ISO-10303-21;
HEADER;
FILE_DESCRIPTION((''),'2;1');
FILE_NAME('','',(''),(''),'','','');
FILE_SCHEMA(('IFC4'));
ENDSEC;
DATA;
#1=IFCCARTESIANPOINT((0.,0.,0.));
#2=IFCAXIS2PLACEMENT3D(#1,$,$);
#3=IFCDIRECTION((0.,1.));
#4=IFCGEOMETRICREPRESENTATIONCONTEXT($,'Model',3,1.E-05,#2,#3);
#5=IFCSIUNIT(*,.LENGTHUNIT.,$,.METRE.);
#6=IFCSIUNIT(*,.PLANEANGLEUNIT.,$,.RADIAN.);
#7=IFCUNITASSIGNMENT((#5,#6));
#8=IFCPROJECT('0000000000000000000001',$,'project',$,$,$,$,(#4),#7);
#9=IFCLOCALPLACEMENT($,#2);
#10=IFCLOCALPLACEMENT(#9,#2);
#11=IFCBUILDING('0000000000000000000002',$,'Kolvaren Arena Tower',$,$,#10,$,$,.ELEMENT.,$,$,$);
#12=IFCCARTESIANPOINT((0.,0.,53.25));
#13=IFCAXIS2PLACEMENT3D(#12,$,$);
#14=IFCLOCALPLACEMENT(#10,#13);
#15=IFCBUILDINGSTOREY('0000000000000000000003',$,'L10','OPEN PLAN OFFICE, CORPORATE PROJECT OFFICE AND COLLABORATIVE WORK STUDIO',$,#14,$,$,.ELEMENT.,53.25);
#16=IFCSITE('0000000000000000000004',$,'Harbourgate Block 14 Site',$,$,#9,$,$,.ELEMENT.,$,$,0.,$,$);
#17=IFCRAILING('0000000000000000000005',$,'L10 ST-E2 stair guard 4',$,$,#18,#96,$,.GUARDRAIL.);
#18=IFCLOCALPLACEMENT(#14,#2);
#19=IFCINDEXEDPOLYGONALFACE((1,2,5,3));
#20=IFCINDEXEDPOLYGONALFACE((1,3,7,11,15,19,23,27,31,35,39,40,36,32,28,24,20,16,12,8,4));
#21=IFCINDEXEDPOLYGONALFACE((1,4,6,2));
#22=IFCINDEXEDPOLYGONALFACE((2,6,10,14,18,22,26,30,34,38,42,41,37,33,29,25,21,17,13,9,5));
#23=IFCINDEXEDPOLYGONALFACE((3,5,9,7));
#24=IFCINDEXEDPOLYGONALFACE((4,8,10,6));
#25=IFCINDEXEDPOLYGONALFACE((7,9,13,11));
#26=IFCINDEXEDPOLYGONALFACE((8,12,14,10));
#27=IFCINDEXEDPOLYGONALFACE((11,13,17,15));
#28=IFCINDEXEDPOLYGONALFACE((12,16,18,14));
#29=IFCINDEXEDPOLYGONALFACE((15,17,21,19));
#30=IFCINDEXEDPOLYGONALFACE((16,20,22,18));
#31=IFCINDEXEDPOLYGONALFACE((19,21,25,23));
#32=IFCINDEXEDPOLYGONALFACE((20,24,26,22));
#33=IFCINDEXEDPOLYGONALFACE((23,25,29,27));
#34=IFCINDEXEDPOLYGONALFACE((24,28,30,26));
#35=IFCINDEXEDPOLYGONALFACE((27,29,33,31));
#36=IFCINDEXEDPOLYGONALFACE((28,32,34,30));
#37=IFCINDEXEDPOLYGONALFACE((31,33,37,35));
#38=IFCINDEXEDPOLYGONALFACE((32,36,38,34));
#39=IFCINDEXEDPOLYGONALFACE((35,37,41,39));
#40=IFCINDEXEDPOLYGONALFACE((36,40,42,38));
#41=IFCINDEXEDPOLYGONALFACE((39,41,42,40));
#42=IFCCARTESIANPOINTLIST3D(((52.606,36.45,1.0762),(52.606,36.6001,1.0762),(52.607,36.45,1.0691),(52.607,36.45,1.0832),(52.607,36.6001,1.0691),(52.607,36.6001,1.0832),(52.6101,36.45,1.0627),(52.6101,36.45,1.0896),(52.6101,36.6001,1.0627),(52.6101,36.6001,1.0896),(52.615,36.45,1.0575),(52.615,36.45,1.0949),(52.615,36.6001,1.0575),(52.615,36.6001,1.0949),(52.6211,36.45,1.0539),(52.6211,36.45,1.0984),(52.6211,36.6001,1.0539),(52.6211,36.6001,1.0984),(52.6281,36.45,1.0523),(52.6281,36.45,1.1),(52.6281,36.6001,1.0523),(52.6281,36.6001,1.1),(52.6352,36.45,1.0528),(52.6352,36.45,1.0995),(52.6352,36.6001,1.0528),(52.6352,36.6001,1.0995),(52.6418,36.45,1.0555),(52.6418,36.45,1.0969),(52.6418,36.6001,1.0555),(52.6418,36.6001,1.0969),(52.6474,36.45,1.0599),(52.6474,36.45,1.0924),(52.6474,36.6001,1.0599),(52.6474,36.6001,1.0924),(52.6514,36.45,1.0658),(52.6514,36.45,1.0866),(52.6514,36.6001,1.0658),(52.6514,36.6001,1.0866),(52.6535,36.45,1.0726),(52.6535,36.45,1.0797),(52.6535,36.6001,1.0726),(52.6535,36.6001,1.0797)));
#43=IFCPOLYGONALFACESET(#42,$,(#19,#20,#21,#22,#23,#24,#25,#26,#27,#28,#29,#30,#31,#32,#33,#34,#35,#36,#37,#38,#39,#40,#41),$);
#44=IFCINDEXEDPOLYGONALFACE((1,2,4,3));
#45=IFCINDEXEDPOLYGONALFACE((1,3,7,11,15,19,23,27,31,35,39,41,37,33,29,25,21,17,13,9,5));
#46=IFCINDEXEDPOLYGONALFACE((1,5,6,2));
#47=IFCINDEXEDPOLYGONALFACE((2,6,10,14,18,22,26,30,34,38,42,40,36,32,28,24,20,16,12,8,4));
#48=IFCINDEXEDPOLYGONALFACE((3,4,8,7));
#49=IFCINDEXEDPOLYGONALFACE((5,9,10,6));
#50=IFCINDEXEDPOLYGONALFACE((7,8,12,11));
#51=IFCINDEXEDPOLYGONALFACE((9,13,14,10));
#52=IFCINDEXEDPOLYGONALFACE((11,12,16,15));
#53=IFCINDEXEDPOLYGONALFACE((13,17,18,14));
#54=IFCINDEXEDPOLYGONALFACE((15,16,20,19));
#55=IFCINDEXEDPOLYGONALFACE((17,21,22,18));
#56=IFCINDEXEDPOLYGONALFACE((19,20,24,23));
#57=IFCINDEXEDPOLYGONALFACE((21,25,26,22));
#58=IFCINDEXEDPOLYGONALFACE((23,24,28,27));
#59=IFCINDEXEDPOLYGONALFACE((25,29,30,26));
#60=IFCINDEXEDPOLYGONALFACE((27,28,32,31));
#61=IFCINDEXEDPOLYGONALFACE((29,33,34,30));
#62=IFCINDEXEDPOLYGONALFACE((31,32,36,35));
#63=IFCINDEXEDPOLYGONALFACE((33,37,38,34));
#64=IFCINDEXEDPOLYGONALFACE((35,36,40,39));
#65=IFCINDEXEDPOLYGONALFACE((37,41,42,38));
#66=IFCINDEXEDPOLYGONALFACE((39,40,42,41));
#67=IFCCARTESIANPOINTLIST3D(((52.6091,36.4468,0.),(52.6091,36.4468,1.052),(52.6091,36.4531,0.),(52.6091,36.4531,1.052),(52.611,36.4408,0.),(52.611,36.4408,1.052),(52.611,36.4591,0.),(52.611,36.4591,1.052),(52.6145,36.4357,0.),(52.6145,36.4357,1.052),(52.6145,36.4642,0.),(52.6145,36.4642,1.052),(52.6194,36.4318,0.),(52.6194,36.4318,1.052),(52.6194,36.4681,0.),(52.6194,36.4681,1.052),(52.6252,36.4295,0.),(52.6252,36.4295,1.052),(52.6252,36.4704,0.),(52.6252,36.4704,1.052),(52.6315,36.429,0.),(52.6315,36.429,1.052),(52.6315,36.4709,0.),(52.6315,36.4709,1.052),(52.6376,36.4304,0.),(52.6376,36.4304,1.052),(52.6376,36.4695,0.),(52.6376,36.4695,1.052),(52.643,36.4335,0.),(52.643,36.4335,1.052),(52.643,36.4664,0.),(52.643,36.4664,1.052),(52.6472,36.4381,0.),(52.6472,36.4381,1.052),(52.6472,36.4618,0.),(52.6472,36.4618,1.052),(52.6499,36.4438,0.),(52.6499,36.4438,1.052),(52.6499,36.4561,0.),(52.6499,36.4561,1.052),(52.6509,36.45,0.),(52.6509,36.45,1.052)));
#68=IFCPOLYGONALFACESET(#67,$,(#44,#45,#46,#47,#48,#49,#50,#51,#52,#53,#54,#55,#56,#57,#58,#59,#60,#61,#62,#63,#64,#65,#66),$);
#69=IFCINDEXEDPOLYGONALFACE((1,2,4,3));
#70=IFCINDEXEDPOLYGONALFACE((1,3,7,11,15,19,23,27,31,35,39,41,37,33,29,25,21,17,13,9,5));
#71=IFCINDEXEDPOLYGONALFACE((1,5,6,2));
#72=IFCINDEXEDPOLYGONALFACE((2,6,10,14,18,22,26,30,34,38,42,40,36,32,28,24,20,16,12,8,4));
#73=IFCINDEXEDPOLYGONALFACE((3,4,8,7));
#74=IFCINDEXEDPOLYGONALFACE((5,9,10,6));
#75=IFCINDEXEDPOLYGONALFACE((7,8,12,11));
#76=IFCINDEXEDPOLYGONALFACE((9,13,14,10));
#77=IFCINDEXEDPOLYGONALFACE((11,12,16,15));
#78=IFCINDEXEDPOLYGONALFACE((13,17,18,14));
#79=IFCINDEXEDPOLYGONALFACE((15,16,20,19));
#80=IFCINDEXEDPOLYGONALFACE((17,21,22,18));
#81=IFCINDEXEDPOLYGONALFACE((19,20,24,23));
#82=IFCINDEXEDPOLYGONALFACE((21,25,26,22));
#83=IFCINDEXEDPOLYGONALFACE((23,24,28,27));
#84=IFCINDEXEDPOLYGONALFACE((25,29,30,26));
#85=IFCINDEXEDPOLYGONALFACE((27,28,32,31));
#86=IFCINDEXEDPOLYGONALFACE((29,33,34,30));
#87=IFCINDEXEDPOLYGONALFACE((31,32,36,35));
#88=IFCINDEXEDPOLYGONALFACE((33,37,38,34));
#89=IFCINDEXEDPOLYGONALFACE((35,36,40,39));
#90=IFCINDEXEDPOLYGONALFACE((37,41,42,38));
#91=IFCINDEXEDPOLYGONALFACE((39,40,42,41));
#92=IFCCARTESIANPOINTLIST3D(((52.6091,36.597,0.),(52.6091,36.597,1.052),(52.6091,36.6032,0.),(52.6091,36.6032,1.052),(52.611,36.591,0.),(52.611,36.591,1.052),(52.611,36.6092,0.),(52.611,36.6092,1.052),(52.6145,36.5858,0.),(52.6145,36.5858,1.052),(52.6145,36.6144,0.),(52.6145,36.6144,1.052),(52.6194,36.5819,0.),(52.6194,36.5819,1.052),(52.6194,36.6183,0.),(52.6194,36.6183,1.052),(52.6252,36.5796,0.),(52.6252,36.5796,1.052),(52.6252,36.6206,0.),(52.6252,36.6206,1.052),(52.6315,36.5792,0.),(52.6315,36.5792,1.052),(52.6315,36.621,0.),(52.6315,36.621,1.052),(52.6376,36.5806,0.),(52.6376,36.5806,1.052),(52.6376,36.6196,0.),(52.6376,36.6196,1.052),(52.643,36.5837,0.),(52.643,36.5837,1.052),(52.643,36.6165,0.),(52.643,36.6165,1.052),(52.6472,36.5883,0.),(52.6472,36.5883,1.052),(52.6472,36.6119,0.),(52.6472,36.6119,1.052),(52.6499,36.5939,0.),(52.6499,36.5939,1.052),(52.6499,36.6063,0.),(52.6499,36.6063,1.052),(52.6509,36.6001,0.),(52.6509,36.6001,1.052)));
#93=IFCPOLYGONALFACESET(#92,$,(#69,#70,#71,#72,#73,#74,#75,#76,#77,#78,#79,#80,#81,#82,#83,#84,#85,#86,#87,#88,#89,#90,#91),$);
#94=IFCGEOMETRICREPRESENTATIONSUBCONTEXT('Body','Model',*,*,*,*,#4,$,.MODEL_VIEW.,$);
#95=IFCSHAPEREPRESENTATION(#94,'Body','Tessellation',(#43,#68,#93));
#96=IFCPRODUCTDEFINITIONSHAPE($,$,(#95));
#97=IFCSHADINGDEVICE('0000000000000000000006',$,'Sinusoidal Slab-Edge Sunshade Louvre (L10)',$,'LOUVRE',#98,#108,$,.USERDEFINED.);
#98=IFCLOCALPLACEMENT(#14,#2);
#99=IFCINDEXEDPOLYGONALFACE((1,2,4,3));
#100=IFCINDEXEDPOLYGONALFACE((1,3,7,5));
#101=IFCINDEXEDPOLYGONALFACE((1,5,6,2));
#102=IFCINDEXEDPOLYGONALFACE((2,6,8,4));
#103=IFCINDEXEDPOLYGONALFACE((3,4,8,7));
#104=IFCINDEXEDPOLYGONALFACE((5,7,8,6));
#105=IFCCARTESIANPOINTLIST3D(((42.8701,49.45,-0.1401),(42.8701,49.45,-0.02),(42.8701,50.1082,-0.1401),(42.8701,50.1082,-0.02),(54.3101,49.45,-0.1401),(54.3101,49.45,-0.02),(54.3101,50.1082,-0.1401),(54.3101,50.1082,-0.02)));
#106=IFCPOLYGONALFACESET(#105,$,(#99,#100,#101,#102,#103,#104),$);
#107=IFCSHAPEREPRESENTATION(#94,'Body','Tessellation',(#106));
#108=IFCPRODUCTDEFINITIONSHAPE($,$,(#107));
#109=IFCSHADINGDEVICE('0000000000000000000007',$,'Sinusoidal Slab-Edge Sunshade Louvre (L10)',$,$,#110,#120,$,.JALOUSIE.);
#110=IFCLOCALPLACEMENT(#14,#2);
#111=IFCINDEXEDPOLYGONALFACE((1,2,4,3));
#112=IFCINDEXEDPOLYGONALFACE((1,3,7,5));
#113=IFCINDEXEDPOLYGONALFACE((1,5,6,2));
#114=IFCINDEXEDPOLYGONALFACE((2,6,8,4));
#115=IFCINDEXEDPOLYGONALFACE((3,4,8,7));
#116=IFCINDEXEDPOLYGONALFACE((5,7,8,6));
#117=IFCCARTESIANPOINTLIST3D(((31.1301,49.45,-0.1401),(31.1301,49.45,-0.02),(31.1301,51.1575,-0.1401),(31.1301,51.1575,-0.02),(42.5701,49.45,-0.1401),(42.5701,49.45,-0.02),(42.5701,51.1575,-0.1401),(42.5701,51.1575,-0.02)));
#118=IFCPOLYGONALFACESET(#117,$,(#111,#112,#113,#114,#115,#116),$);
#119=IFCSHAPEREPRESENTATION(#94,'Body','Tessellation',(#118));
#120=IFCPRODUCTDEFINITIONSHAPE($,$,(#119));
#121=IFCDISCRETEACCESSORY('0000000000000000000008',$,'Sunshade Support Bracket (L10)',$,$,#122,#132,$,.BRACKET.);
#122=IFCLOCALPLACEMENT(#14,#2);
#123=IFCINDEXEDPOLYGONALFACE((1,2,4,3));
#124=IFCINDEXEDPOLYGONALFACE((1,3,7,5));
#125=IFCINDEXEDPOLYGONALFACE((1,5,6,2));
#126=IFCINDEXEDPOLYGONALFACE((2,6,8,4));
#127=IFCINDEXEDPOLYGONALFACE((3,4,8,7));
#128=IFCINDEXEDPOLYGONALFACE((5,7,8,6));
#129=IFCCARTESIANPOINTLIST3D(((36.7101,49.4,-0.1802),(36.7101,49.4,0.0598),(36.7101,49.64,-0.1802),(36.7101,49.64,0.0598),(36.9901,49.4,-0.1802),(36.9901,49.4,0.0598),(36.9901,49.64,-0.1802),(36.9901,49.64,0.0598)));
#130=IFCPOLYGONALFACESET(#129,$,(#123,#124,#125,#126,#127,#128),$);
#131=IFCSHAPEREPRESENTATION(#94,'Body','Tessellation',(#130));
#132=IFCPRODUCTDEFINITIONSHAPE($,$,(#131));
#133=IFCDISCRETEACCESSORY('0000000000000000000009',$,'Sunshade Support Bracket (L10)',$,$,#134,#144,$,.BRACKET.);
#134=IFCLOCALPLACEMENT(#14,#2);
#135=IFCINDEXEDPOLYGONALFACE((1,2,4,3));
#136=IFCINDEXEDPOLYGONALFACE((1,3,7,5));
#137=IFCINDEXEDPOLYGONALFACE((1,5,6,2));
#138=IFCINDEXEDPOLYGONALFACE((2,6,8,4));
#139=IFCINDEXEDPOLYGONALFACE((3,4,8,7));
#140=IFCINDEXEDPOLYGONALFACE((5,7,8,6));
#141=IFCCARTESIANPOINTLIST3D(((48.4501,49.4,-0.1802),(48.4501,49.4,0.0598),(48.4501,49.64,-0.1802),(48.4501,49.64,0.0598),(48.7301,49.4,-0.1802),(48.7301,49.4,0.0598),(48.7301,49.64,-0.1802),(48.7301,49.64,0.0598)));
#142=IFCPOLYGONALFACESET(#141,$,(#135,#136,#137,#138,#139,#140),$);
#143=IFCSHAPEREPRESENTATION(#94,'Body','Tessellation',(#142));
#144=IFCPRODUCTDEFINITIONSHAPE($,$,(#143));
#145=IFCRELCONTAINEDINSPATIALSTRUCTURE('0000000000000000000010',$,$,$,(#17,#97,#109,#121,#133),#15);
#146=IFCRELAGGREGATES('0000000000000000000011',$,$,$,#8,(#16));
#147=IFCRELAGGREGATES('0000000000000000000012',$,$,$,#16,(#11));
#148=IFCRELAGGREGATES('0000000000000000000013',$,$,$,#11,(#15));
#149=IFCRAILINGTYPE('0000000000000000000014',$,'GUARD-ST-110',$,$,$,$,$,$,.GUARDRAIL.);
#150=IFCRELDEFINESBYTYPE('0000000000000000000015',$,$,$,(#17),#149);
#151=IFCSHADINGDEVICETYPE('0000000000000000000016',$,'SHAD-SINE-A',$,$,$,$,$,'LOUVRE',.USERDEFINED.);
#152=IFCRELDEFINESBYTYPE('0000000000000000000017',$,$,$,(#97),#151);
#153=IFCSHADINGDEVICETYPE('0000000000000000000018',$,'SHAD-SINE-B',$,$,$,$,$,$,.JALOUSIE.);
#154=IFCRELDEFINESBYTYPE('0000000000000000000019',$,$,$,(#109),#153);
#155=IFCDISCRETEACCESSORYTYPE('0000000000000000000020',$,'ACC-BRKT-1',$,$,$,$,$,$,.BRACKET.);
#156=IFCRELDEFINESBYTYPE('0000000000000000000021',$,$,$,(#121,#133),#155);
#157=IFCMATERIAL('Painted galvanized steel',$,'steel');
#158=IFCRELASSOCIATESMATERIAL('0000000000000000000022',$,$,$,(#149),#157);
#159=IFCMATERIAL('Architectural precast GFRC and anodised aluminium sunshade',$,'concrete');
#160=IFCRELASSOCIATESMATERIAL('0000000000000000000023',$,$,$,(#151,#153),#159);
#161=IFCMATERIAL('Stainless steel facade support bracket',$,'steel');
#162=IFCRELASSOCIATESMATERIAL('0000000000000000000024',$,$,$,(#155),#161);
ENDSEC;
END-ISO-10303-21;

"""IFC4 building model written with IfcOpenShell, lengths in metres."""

from ifc_helpers import new_model, si_unit, direction, frame, origin, origin_2d, place, context, subcontext, project, spatial, rectangle, circle, extrude, material, type_object, element, save


model = new_model("IFC4")

# Units and contexts
model_context = context("Model", 3, precision=1e-05, world=origin(), true_north=direction((0.0, 1.0)))
body_context = subcontext(model_context, "Body", "Model", "MODEL_VIEW")
ifc_project = project(units=[si_unit("LENGTHUNIT", "METRE"), si_unit("PLANEANGLEUNIT", "RADIAN")], contexts=[model_context])

# Site, building, storey
site_placement = place(None, origin())
site = spatial("IfcSite", under=ifc_project, at=site_placement, Name="Harbourgate Block 14 Site", CompositionType="ELEMENT", RefElevation=0.0)
building_placement = place(site_placement, origin())
building = spatial("IfcBuilding", under=site, at=building_placement, Name="Kolvaren Arena Tower", CompositionType="ELEMENT")
storey_placement = place(building_placement, frame((0.0, 0.0, 53.25)))
storey = spatial("IfcBuildingStorey", under=building, at=storey_placement, Name="L10", Description="OPEN PLAN OFFICE, CORPORATE PROJECT OFFICE AND COLLABORATIVE WORK STUDIO", CompositionType="ELEMENT", Elevation=53.25)

# Railing
ifc_material_1 = material(Name="Painted galvanized steel", Category="steel")
railing_type = type_object("IfcRailingType", Name="GUARD-ST-110", PredefinedType="GUARDRAIL", material=ifc_material_1)
railing_1_placement = place(storey_placement, frame((52.6299, 36.45, 0.0)))
element("IfcRailing", 1, at=railing_1_placement, inside=storey, type_object=railing_type, Name="L10 ST-E2 stair guard 4", PredefinedType="GUARDRAIL", context=body_context, shape_type="SweptSolid", body=[
    extrude(circle(Radius=0.0239, at=origin_2d()), frame((0.0, 0.0, 1.0762), z_axis=(0.0, 1.0, 0.0), x_axis=(-1.0, 0.0, 0.0)), (0.0, 0.0, 1.0), 0.1501),
    extrude(circle(Radius=0.021, at=origin_2d()), origin(), (0.0, 0.0, 1.0), 1.052),
    extrude(circle(Radius=0.021, at=origin_2d()), frame((0.0, 0.1501, 0.0)), (0.0, 0.0, 1.0), 1.052),
])

# Shading devices
ifc_material_2 = material(Name="Architectural precast GFRC and anodised aluminium sunshade", Category="concrete")
shading_device_type_1 = type_object("IfcShadingDeviceType", Name="SHAD-SINE-A", ElementType="LOUVRE", PredefinedType="USERDEFINED", material=ifc_material_2)
shading_device_1_placement = place(storey_placement, frame((48.5901, 49.7791, -0.1401), z_axis=(0.0, 0.0, 1.0), x_axis=(1.0, 0.0, 0.0)))
element("IfcShadingDevice", 2, at=shading_device_1_placement, inside=storey, type_object=shading_device_type_1, Name="Sinusoidal Slab-Edge Sunshade Louvre (L10)", ObjectType="LOUVRE", PredefinedType="USERDEFINED", context=body_context, shape_type="SweptSolid", body=[
    extrude(rectangle(XDim=11.4399, YDim=0.6582, at=origin_2d()), origin(), (0.0, 0.0, 1.0), 0.1201),
])
shading_device_type_2 = type_object("IfcShadingDeviceType", Name="SHAD-SINE-B", PredefinedType="JALOUSIE", material=ifc_material_2)
shading_device_2_placement = place(storey_placement, frame((36.8501, 50.3037, -0.1401), z_axis=(0.0, 0.0, 1.0), x_axis=(1.0, 0.0, 0.0)))
element("IfcShadingDevice", 3, at=shading_device_2_placement, inside=storey, type_object=shading_device_type_2, Name="Sinusoidal Slab-Edge Sunshade Louvre (L10)", PredefinedType="JALOUSIE", context=body_context, shape_type="SweptSolid", body=[
    extrude(rectangle(XDim=11.4399, YDim=1.7075, at=origin_2d()), origin(), (0.0, 0.0, 1.0), 0.1201),
])

# Discrete accessories
ifc_material_3 = material(Name="Stainless steel facade support bracket", Category="steel")
discrete_accessory_type = type_object("IfcDiscreteAccessoryType", Name="ACC-BRKT-1", PredefinedType="BRACKET", material=ifc_material_3)
for number, where, z_axis, x_axis, name in (
    (4, (36.8501, 49.52, -0.1802), (0.0, 0.0, 1.0), (1.0, 0.0, 0.0), "Sunshade Support Bracket (L10)"),
    (5, (48.5901, 49.52, -0.1802), (0.0, 0.0, 1.0), (1.0, 0.0, 0.0), "Sunshade Support Bracket (L10)"),
):
    element("IfcDiscreteAccessory", number, at=place(storey_placement, frame(where, z_axis=z_axis, x_axis=x_axis)), inside=storey, type_object=discrete_accessory_type, Name=name, PredefinedType="BRACKET", context=body_context, shape_type="SweptSolid", body=[
        extrude(rectangle(XDim=0.28, YDim=0.24, at=origin_2d()), origin(), (0.0, 0.0, 1.0), 0.24),
    ])

save(model, "model.ifc")
